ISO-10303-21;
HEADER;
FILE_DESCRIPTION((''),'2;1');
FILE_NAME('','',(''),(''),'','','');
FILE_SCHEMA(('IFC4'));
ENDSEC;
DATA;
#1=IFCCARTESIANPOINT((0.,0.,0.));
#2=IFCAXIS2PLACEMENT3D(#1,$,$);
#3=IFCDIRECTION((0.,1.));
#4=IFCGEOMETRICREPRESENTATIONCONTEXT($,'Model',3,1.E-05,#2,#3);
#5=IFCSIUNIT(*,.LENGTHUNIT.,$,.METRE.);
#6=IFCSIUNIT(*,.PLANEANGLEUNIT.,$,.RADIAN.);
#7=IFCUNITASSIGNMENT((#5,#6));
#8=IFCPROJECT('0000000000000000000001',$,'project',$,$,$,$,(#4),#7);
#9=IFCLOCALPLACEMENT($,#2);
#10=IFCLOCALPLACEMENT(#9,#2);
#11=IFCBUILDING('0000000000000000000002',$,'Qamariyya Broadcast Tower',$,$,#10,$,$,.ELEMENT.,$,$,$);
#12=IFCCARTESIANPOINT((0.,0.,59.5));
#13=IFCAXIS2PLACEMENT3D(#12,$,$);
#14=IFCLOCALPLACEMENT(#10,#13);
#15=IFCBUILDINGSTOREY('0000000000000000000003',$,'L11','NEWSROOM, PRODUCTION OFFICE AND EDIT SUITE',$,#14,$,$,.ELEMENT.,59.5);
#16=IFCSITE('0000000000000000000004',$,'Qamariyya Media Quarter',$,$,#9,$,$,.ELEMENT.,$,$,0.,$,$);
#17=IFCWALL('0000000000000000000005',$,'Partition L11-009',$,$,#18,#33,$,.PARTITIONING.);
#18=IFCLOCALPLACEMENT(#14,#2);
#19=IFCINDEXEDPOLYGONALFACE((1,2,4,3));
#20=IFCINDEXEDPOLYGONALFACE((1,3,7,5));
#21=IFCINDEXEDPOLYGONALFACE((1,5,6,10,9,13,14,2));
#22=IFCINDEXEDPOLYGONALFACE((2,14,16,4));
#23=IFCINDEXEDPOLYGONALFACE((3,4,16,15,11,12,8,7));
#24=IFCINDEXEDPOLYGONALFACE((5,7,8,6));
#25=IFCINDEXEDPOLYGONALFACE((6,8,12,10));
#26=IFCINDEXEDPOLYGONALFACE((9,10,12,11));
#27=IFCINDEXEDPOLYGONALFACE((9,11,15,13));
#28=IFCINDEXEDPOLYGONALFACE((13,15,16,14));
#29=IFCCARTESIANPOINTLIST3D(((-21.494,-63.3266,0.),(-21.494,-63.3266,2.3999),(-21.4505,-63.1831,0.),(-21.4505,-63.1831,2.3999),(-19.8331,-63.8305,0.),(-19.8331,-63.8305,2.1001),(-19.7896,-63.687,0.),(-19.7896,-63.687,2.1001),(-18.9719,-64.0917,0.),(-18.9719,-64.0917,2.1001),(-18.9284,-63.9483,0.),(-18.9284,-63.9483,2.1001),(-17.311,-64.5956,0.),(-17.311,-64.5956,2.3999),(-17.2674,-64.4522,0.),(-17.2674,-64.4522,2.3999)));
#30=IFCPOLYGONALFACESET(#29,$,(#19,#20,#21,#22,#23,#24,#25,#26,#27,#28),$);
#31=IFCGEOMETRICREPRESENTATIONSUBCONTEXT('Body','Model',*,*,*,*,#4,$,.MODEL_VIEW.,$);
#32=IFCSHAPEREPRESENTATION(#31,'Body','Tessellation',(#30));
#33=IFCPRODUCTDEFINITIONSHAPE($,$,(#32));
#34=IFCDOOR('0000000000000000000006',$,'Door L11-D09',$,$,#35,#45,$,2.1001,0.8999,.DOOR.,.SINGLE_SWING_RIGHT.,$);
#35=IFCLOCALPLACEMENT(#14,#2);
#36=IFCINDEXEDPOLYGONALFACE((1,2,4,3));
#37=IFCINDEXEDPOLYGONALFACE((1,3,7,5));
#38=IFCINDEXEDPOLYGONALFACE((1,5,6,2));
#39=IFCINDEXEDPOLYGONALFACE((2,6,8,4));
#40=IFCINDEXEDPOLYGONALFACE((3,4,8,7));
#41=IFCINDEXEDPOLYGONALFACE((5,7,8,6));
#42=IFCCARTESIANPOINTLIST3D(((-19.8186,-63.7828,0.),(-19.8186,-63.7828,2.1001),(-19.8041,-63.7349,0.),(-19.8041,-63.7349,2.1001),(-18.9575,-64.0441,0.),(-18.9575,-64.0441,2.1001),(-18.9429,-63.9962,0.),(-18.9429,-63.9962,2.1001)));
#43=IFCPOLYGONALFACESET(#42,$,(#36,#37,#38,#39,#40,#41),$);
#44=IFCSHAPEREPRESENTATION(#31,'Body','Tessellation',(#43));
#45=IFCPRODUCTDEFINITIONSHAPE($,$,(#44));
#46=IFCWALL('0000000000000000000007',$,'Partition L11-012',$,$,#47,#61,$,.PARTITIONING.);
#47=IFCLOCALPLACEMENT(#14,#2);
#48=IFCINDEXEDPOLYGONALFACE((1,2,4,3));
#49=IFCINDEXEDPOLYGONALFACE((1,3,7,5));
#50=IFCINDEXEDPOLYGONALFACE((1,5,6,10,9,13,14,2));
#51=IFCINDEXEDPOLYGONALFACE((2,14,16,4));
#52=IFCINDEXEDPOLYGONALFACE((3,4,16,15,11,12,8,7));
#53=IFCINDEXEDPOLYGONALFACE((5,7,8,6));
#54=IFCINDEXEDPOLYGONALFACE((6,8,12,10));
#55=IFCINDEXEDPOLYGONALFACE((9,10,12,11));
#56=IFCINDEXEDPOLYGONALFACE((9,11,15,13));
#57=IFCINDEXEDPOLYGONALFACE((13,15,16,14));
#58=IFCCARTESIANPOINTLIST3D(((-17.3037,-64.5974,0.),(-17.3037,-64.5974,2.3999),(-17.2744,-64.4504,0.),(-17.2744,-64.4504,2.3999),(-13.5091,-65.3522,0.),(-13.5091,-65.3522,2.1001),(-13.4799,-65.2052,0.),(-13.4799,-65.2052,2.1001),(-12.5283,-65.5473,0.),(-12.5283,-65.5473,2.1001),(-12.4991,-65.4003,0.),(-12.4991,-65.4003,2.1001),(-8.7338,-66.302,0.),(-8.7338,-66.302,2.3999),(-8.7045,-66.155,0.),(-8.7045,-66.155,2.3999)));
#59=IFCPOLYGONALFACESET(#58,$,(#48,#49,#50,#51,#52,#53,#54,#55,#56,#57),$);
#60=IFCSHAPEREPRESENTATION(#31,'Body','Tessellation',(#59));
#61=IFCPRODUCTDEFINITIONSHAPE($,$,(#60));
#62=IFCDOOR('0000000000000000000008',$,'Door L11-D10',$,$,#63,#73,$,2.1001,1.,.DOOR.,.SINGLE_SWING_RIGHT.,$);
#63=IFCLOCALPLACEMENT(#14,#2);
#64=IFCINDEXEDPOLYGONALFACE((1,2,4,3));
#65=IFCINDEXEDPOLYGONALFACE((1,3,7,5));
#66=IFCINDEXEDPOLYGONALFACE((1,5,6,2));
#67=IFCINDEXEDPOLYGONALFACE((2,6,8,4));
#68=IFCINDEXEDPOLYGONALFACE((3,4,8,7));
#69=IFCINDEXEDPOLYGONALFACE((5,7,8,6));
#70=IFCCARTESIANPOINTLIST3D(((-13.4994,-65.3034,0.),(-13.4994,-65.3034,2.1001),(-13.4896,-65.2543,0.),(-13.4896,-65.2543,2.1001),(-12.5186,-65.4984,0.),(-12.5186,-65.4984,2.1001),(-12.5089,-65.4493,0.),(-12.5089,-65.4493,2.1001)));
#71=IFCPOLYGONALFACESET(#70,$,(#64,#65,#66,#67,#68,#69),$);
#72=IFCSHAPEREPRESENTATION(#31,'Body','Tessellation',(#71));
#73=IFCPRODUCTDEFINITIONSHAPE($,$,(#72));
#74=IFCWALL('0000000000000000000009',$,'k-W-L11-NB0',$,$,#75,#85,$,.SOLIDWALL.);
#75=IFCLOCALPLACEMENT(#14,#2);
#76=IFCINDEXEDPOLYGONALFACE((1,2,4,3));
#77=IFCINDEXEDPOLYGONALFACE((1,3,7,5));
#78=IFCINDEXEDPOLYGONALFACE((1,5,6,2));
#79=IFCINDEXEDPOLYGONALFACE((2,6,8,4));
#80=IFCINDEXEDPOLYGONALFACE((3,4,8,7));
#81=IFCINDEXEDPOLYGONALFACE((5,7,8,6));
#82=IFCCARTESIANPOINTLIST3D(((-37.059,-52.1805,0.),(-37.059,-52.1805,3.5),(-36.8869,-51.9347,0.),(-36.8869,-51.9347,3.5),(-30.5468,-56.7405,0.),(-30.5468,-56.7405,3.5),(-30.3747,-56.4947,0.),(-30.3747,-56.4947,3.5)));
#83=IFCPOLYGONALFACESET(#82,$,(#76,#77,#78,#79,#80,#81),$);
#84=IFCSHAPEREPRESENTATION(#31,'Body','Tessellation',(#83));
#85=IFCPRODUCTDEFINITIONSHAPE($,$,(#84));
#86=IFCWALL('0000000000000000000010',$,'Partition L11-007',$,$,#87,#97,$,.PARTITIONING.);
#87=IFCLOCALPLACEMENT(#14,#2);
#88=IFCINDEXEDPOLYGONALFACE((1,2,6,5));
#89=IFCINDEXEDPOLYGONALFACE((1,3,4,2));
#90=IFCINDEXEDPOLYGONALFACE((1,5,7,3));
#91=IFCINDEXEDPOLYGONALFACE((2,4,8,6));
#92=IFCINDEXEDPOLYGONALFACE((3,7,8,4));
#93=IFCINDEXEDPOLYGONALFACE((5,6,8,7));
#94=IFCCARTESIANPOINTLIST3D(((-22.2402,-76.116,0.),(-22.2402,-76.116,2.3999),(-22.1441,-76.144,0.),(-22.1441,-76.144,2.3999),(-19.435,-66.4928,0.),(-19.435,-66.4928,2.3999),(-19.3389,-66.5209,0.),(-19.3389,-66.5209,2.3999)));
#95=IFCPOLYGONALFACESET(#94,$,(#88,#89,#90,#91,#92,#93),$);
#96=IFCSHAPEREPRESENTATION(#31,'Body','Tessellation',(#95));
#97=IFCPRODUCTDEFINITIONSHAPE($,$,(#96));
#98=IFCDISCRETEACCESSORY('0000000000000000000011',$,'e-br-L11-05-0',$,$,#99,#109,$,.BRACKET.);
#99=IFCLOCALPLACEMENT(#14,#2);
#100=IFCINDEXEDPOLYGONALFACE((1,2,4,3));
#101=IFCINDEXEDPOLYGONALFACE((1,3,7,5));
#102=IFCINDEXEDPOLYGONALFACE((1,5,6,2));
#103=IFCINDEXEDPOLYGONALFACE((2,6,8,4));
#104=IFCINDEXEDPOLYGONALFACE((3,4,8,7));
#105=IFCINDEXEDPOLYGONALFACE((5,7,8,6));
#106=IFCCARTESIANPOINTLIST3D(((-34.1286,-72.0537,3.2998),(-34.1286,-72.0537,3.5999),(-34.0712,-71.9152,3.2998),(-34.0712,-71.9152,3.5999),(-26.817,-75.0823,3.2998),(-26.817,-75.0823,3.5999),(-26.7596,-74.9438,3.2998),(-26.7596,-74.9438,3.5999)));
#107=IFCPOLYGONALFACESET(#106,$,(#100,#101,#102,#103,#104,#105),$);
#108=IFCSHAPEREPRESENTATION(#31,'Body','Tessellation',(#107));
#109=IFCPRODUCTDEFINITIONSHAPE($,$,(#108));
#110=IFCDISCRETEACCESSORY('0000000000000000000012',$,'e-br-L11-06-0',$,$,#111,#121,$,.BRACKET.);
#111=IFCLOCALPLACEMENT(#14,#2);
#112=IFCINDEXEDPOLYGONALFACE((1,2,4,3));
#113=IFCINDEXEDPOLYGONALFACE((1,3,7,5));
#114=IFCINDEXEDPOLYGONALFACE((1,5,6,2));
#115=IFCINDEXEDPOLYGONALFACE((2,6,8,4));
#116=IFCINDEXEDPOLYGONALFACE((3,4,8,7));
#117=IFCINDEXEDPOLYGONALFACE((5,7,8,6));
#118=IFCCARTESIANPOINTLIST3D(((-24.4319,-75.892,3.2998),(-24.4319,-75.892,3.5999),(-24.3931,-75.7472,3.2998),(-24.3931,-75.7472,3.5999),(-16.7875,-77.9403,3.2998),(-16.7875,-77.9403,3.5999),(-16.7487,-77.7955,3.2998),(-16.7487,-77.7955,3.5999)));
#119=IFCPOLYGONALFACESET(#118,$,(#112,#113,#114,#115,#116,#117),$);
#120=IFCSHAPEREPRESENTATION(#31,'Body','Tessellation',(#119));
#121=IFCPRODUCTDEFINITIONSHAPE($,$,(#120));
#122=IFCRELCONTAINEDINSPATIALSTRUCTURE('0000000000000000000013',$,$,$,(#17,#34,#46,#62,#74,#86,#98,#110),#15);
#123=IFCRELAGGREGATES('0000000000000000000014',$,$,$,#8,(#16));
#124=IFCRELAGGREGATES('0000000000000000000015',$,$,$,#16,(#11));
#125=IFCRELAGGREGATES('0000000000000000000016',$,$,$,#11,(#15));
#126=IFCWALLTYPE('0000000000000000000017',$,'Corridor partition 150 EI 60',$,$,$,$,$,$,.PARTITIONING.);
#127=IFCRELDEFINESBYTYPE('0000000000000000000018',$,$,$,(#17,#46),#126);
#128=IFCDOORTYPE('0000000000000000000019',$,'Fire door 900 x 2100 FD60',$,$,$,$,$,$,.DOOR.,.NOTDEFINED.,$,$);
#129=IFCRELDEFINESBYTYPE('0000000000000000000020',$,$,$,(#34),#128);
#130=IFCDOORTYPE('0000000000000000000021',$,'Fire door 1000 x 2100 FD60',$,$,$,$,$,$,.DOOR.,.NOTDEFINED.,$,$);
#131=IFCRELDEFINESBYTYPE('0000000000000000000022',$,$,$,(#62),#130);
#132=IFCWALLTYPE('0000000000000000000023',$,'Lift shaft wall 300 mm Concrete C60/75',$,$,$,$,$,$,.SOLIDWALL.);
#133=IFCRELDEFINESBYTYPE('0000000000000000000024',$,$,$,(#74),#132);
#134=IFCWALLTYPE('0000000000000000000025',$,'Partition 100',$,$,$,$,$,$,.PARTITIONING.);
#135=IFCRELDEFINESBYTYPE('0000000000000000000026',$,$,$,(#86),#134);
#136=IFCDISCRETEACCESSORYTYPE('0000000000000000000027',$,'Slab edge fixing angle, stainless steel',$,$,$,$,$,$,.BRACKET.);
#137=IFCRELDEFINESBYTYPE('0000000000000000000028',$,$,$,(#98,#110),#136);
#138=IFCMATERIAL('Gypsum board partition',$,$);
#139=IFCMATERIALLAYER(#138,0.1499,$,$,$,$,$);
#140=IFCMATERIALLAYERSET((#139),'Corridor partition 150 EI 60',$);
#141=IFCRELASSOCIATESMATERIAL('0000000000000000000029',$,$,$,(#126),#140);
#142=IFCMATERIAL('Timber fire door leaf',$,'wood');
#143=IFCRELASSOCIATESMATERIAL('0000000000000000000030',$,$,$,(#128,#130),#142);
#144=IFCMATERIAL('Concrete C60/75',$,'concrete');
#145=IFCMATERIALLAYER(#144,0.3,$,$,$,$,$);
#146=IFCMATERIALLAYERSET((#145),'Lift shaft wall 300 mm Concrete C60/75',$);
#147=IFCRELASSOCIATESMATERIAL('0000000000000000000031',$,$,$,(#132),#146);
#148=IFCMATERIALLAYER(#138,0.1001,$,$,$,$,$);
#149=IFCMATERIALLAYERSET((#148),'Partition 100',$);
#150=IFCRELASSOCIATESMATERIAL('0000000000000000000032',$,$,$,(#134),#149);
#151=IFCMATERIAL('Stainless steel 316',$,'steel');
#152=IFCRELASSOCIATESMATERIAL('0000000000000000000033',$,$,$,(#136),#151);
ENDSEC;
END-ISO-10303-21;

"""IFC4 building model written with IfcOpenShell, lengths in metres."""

from ifc_helpers import new_model, si_unit, direction, frame, frame_2d, origin, origin_2d, place, context, subcontext, project, spatial, rectangle, extrude, material, layer, layer_set, type_object, element, fill, save


model = new_model("IFC4")

# Units and contexts
model_context = context("Model", 3, precision=1e-05, world=origin(), true_north=direction((0.0, 1.0)))
body_context = subcontext(model_context, "Body", "Model", "MODEL_VIEW")
ifc_project = project(units=[si_unit("LENGTHUNIT", "METRE"), si_unit("PLANEANGLEUNIT", "RADIAN")], contexts=[model_context])

# Site, building, storey
site_placement = place(None, origin())
site = spatial("IfcSite", under=ifc_project, at=site_placement, Name="Qamariyya Media Quarter", CompositionType="ELEMENT", RefElevation=0.0)
building_placement = place(site_placement, origin())
building = spatial("IfcBuilding", under=site, at=building_placement, Name="Qamariyya Broadcast Tower", CompositionType="ELEMENT")
storey_placement = place(building_placement, frame((0.0, 0.0, 59.5)))
storey = spatial("IfcBuildingStorey", under=building, at=storey_placement, Name="L11", Description="NEWSROOM, PRODUCTION OFFICE AND EDIT SUITE", CompositionType="ELEMENT", Elevation=59.5)

# Shared definitions
ifc_material_1 = material(Name="Gypsum board partition")
ifc_layer_1 = layer(ifc_material_1, 0.1499)
ifc_layer_set_1 = layer_set([ifc_layer_1], Name="Corridor partition 150 EI 60")
wall_type_1 = type_object("IfcWallType", Name="Corridor partition 150 EI 60", PredefinedType="PARTITIONING", material=ifc_layer_set_1)
ifc_material_2 = material(Name="Timber fire door leaf", Category="wood")
door_type_1 = type_object("IfcDoorType", Name="Fire door 900 x 2100 FD60", OperationType="NOTDEFINED", PredefinedType="DOOR", material=ifc_material_2)

# Shared definitions
door_type_2 = type_object("IfcDoorType", Name="Fire door 1000 x 2100 FD60", OperationType="NOTDEFINED", PredefinedType="DOOR", material=ifc_material_2)

# Walls, openings, doors
wall_1_placement = place(storey_placement, frame((-21.4722, -63.2549, 0.0), z_axis=(0.0, 0.0, 1.0), x_axis=(0.956933, -0.290308, 0.0)))
wall_1 = element("IfcWall", 1, at=wall_1_placement, inside=storey, type_object=wall_type_1, Name="Partition L11-009", PredefinedType="PARTITIONING", context=body_context, shape_type="SweptSolid", body=[
    extrude(rectangle(XDim=4.3713, YDim=0.1499, at=frame_2d((2.1855, 0.0))), origin(), (0.0, 0.0, 1.0), 2.3999),
])
opening_1_placement = place(wall_1_placement, frame((1.7356, 0.0, 0.0)))
opening_1 = element("IfcOpeningElement", 2, at=opening_1_placement, cuts=wall_1, PredefinedType="OPENING", context=body_context, shape_type="SweptSolid", body=[
    extrude(rectangle(XDim=0.8999, YDim=2.1001, at=frame_2d((0.45, 1.05))), frame((0.0, 0.085, 0.0), z_axis=(0.0, -1.0, 0.0), x_axis=(1.0, 0.0, 0.0)), (0.0, 0.0, 1.0), 0.1699),
])
door_1_placement = place(opening_1_placement, origin())
door_1 = element("IfcDoor", 3, at=door_1_placement, inside=storey, type_object=door_type_1, Name="Door L11-D09", OperationType="SINGLE_SWING_RIGHT", OverallHeight=2.1001, OverallWidth=0.8999, PredefinedType="DOOR", context=body_context, shape_type="SweptSolid", body=[
    extrude(rectangle(XDim=0.8999, YDim=2.1001, at=frame_2d((0.45, 1.05))), frame((0.0, 0.0249, 0.0), z_axis=(0.0, -1.0, 0.0), x_axis=(1.0, 0.0, 0.0)), (0.0, 0.0, 1.0), 0.05),
])
fill(opening_1, door_1)
wall_2_placement = place(storey_placement, frame((-17.2891, -64.5239, 0.0), z_axis=(0.0, 0.0, 1.0), x_axis=(0.980786, -0.195084, 0.0)))
wall_2 = element("IfcWall", 4, at=wall_2_placement, inside=storey, type_object=wall_type_1, Name="Partition L11-012", PredefinedType="PARTITIONING", context=body_context, shape_type="SweptSolid", body=[
    extrude(rectangle(XDim=8.7378, YDim=0.1499, at=frame_2d((4.3689, 0.0))), origin(), (0.0, 0.0, 1.0), 2.3999),
])
opening_2_placement = place(wall_2_placement, frame((3.8689, 0.0, 0.0)))
opening_2 = element("IfcOpeningElement", 5, at=opening_2_placement, cuts=wall_2, PredefinedType="OPENING", context=body_context, shape_type="SweptSolid", body=[
    extrude(rectangle(XDim=1.0, YDim=2.1001, at=frame_2d((0.5, 1.05))), frame((0.0, 0.085, 0.0), z_axis=(0.0, -1.0, 0.0), x_axis=(1.0, 0.0, 0.0)), (0.0, 0.0, 1.0), 0.1699),
])
door_2_placement = place(opening_2_placement, origin())
door_2 = element("IfcDoor", 6, at=door_2_placement, inside=storey, type_object=door_type_2, Name="Door L11-D10", OperationType="SINGLE_SWING_RIGHT", OverallHeight=2.1001, OverallWidth=1.0, PredefinedType="DOOR", context=body_context, shape_type="SweptSolid", body=[
    extrude(rectangle(XDim=1.0, YDim=2.1001, at=frame_2d((0.5, 1.05))), frame((0.0, 0.0249, 0.0), z_axis=(0.0, -1.0, 0.0), x_axis=(1.0, 0.0, 0.0)), (0.0, 0.0, 1.0), 0.05),
])
fill(opening_2, door_2)

# Walls
ifc_material_3 = material(Name="Concrete C60/75", Category="concrete")
ifc_layer_2 = layer(ifc_material_3, 0.3)
ifc_layer_set_2 = layer_set([ifc_layer_2], Name="Lift shaft wall 300 mm Concrete C60/75")
wall_type_2 = type_object("IfcWallType", Name="Lift shaft wall 300 mm Concrete C60/75", PredefinedType="SOLIDWALL", material=ifc_layer_set_2)
wall_3_placement = place(storey_placement, frame((-30.4607, -56.6177, 0.0), z_axis=(0.0, 0.0, 1.0), x_axis=(-0.819142, 0.57359, 0.0)))
element("IfcWall", 7, at=wall_3_placement, inside=storey, type_object=wall_type_2, Name="k-W-L11-NB0", PredefinedType="SOLIDWALL", context=body_context, shape_type="SweptSolid", body=[
    extrude(rectangle(XDim=7.95, YDim=0.3, at=frame_2d((3.9751, 0.0))), origin(), (0.0, 0.0, 1.0), 3.5),
])
ifc_layer_3 = layer(ifc_material_1, 0.1001)
ifc_layer_set_3 = layer_set([ifc_layer_3], Name="Partition 100")
wall_type_3 = type_object("IfcWallType", Name="Partition 100", PredefinedType="PARTITIONING", material=ifc_layer_set_3)
wall_4_placement = place(storey_placement, frame((-22.1921, -76.1299, 0.0), z_axis=(0.0, 0.0, 1.0), x_axis=(0.279858, 0.960041, 0.0)))
element("IfcWall", 8, at=wall_4_placement, inside=storey, type_object=wall_type_3, Name="Partition L11-007", PredefinedType="PARTITIONING", context=body_context, shape_type="SweptSolid", body=[
    extrude(rectangle(XDim=10.0237, YDim=0.1001, at=frame_2d((5.0117, 0.0))), origin(), (0.0, 0.0, 1.0), 2.3999),
])

# Discrete accessories
ifc_material_4 = material(Name="Stainless steel 316", Category="steel")
discrete_accessory_type = type_object("IfcDiscreteAccessoryType", Name="Slab edge fixing angle, stainless steel", PredefinedType="BRACKET", material=ifc_material_4)
for number, where, z_axis, x_axis, name in (
    (9, (-30.4441, -73.4988, 3.2998), (0.0, 0.0, 1.0), (0.92388, -0.382683, 0.0), "e-br-L11-05-0"),
    (10, (-20.5903, -76.8438, 3.2998), (0.0, 0.0, 1.0), (0.965926, -0.258819, 0.0), "e-br-L11-06-0"),
):
    element("IfcDiscreteAccessory", number, at=place(storey_placement, frame(where, z_axis=z_axis, x_axis=x_axis)), inside=storey, type_object=discrete_accessory_type, Name=name, PredefinedType="BRACKET", context=body_context, shape_type="SweptSolid", body=[
        extrude(rectangle(XDim=7.9141, YDim=0.1499, at=origin_2d()), origin(), (0.0, 0.0, 1.0), 0.3),
    ])

save(model, "model.ifc")
